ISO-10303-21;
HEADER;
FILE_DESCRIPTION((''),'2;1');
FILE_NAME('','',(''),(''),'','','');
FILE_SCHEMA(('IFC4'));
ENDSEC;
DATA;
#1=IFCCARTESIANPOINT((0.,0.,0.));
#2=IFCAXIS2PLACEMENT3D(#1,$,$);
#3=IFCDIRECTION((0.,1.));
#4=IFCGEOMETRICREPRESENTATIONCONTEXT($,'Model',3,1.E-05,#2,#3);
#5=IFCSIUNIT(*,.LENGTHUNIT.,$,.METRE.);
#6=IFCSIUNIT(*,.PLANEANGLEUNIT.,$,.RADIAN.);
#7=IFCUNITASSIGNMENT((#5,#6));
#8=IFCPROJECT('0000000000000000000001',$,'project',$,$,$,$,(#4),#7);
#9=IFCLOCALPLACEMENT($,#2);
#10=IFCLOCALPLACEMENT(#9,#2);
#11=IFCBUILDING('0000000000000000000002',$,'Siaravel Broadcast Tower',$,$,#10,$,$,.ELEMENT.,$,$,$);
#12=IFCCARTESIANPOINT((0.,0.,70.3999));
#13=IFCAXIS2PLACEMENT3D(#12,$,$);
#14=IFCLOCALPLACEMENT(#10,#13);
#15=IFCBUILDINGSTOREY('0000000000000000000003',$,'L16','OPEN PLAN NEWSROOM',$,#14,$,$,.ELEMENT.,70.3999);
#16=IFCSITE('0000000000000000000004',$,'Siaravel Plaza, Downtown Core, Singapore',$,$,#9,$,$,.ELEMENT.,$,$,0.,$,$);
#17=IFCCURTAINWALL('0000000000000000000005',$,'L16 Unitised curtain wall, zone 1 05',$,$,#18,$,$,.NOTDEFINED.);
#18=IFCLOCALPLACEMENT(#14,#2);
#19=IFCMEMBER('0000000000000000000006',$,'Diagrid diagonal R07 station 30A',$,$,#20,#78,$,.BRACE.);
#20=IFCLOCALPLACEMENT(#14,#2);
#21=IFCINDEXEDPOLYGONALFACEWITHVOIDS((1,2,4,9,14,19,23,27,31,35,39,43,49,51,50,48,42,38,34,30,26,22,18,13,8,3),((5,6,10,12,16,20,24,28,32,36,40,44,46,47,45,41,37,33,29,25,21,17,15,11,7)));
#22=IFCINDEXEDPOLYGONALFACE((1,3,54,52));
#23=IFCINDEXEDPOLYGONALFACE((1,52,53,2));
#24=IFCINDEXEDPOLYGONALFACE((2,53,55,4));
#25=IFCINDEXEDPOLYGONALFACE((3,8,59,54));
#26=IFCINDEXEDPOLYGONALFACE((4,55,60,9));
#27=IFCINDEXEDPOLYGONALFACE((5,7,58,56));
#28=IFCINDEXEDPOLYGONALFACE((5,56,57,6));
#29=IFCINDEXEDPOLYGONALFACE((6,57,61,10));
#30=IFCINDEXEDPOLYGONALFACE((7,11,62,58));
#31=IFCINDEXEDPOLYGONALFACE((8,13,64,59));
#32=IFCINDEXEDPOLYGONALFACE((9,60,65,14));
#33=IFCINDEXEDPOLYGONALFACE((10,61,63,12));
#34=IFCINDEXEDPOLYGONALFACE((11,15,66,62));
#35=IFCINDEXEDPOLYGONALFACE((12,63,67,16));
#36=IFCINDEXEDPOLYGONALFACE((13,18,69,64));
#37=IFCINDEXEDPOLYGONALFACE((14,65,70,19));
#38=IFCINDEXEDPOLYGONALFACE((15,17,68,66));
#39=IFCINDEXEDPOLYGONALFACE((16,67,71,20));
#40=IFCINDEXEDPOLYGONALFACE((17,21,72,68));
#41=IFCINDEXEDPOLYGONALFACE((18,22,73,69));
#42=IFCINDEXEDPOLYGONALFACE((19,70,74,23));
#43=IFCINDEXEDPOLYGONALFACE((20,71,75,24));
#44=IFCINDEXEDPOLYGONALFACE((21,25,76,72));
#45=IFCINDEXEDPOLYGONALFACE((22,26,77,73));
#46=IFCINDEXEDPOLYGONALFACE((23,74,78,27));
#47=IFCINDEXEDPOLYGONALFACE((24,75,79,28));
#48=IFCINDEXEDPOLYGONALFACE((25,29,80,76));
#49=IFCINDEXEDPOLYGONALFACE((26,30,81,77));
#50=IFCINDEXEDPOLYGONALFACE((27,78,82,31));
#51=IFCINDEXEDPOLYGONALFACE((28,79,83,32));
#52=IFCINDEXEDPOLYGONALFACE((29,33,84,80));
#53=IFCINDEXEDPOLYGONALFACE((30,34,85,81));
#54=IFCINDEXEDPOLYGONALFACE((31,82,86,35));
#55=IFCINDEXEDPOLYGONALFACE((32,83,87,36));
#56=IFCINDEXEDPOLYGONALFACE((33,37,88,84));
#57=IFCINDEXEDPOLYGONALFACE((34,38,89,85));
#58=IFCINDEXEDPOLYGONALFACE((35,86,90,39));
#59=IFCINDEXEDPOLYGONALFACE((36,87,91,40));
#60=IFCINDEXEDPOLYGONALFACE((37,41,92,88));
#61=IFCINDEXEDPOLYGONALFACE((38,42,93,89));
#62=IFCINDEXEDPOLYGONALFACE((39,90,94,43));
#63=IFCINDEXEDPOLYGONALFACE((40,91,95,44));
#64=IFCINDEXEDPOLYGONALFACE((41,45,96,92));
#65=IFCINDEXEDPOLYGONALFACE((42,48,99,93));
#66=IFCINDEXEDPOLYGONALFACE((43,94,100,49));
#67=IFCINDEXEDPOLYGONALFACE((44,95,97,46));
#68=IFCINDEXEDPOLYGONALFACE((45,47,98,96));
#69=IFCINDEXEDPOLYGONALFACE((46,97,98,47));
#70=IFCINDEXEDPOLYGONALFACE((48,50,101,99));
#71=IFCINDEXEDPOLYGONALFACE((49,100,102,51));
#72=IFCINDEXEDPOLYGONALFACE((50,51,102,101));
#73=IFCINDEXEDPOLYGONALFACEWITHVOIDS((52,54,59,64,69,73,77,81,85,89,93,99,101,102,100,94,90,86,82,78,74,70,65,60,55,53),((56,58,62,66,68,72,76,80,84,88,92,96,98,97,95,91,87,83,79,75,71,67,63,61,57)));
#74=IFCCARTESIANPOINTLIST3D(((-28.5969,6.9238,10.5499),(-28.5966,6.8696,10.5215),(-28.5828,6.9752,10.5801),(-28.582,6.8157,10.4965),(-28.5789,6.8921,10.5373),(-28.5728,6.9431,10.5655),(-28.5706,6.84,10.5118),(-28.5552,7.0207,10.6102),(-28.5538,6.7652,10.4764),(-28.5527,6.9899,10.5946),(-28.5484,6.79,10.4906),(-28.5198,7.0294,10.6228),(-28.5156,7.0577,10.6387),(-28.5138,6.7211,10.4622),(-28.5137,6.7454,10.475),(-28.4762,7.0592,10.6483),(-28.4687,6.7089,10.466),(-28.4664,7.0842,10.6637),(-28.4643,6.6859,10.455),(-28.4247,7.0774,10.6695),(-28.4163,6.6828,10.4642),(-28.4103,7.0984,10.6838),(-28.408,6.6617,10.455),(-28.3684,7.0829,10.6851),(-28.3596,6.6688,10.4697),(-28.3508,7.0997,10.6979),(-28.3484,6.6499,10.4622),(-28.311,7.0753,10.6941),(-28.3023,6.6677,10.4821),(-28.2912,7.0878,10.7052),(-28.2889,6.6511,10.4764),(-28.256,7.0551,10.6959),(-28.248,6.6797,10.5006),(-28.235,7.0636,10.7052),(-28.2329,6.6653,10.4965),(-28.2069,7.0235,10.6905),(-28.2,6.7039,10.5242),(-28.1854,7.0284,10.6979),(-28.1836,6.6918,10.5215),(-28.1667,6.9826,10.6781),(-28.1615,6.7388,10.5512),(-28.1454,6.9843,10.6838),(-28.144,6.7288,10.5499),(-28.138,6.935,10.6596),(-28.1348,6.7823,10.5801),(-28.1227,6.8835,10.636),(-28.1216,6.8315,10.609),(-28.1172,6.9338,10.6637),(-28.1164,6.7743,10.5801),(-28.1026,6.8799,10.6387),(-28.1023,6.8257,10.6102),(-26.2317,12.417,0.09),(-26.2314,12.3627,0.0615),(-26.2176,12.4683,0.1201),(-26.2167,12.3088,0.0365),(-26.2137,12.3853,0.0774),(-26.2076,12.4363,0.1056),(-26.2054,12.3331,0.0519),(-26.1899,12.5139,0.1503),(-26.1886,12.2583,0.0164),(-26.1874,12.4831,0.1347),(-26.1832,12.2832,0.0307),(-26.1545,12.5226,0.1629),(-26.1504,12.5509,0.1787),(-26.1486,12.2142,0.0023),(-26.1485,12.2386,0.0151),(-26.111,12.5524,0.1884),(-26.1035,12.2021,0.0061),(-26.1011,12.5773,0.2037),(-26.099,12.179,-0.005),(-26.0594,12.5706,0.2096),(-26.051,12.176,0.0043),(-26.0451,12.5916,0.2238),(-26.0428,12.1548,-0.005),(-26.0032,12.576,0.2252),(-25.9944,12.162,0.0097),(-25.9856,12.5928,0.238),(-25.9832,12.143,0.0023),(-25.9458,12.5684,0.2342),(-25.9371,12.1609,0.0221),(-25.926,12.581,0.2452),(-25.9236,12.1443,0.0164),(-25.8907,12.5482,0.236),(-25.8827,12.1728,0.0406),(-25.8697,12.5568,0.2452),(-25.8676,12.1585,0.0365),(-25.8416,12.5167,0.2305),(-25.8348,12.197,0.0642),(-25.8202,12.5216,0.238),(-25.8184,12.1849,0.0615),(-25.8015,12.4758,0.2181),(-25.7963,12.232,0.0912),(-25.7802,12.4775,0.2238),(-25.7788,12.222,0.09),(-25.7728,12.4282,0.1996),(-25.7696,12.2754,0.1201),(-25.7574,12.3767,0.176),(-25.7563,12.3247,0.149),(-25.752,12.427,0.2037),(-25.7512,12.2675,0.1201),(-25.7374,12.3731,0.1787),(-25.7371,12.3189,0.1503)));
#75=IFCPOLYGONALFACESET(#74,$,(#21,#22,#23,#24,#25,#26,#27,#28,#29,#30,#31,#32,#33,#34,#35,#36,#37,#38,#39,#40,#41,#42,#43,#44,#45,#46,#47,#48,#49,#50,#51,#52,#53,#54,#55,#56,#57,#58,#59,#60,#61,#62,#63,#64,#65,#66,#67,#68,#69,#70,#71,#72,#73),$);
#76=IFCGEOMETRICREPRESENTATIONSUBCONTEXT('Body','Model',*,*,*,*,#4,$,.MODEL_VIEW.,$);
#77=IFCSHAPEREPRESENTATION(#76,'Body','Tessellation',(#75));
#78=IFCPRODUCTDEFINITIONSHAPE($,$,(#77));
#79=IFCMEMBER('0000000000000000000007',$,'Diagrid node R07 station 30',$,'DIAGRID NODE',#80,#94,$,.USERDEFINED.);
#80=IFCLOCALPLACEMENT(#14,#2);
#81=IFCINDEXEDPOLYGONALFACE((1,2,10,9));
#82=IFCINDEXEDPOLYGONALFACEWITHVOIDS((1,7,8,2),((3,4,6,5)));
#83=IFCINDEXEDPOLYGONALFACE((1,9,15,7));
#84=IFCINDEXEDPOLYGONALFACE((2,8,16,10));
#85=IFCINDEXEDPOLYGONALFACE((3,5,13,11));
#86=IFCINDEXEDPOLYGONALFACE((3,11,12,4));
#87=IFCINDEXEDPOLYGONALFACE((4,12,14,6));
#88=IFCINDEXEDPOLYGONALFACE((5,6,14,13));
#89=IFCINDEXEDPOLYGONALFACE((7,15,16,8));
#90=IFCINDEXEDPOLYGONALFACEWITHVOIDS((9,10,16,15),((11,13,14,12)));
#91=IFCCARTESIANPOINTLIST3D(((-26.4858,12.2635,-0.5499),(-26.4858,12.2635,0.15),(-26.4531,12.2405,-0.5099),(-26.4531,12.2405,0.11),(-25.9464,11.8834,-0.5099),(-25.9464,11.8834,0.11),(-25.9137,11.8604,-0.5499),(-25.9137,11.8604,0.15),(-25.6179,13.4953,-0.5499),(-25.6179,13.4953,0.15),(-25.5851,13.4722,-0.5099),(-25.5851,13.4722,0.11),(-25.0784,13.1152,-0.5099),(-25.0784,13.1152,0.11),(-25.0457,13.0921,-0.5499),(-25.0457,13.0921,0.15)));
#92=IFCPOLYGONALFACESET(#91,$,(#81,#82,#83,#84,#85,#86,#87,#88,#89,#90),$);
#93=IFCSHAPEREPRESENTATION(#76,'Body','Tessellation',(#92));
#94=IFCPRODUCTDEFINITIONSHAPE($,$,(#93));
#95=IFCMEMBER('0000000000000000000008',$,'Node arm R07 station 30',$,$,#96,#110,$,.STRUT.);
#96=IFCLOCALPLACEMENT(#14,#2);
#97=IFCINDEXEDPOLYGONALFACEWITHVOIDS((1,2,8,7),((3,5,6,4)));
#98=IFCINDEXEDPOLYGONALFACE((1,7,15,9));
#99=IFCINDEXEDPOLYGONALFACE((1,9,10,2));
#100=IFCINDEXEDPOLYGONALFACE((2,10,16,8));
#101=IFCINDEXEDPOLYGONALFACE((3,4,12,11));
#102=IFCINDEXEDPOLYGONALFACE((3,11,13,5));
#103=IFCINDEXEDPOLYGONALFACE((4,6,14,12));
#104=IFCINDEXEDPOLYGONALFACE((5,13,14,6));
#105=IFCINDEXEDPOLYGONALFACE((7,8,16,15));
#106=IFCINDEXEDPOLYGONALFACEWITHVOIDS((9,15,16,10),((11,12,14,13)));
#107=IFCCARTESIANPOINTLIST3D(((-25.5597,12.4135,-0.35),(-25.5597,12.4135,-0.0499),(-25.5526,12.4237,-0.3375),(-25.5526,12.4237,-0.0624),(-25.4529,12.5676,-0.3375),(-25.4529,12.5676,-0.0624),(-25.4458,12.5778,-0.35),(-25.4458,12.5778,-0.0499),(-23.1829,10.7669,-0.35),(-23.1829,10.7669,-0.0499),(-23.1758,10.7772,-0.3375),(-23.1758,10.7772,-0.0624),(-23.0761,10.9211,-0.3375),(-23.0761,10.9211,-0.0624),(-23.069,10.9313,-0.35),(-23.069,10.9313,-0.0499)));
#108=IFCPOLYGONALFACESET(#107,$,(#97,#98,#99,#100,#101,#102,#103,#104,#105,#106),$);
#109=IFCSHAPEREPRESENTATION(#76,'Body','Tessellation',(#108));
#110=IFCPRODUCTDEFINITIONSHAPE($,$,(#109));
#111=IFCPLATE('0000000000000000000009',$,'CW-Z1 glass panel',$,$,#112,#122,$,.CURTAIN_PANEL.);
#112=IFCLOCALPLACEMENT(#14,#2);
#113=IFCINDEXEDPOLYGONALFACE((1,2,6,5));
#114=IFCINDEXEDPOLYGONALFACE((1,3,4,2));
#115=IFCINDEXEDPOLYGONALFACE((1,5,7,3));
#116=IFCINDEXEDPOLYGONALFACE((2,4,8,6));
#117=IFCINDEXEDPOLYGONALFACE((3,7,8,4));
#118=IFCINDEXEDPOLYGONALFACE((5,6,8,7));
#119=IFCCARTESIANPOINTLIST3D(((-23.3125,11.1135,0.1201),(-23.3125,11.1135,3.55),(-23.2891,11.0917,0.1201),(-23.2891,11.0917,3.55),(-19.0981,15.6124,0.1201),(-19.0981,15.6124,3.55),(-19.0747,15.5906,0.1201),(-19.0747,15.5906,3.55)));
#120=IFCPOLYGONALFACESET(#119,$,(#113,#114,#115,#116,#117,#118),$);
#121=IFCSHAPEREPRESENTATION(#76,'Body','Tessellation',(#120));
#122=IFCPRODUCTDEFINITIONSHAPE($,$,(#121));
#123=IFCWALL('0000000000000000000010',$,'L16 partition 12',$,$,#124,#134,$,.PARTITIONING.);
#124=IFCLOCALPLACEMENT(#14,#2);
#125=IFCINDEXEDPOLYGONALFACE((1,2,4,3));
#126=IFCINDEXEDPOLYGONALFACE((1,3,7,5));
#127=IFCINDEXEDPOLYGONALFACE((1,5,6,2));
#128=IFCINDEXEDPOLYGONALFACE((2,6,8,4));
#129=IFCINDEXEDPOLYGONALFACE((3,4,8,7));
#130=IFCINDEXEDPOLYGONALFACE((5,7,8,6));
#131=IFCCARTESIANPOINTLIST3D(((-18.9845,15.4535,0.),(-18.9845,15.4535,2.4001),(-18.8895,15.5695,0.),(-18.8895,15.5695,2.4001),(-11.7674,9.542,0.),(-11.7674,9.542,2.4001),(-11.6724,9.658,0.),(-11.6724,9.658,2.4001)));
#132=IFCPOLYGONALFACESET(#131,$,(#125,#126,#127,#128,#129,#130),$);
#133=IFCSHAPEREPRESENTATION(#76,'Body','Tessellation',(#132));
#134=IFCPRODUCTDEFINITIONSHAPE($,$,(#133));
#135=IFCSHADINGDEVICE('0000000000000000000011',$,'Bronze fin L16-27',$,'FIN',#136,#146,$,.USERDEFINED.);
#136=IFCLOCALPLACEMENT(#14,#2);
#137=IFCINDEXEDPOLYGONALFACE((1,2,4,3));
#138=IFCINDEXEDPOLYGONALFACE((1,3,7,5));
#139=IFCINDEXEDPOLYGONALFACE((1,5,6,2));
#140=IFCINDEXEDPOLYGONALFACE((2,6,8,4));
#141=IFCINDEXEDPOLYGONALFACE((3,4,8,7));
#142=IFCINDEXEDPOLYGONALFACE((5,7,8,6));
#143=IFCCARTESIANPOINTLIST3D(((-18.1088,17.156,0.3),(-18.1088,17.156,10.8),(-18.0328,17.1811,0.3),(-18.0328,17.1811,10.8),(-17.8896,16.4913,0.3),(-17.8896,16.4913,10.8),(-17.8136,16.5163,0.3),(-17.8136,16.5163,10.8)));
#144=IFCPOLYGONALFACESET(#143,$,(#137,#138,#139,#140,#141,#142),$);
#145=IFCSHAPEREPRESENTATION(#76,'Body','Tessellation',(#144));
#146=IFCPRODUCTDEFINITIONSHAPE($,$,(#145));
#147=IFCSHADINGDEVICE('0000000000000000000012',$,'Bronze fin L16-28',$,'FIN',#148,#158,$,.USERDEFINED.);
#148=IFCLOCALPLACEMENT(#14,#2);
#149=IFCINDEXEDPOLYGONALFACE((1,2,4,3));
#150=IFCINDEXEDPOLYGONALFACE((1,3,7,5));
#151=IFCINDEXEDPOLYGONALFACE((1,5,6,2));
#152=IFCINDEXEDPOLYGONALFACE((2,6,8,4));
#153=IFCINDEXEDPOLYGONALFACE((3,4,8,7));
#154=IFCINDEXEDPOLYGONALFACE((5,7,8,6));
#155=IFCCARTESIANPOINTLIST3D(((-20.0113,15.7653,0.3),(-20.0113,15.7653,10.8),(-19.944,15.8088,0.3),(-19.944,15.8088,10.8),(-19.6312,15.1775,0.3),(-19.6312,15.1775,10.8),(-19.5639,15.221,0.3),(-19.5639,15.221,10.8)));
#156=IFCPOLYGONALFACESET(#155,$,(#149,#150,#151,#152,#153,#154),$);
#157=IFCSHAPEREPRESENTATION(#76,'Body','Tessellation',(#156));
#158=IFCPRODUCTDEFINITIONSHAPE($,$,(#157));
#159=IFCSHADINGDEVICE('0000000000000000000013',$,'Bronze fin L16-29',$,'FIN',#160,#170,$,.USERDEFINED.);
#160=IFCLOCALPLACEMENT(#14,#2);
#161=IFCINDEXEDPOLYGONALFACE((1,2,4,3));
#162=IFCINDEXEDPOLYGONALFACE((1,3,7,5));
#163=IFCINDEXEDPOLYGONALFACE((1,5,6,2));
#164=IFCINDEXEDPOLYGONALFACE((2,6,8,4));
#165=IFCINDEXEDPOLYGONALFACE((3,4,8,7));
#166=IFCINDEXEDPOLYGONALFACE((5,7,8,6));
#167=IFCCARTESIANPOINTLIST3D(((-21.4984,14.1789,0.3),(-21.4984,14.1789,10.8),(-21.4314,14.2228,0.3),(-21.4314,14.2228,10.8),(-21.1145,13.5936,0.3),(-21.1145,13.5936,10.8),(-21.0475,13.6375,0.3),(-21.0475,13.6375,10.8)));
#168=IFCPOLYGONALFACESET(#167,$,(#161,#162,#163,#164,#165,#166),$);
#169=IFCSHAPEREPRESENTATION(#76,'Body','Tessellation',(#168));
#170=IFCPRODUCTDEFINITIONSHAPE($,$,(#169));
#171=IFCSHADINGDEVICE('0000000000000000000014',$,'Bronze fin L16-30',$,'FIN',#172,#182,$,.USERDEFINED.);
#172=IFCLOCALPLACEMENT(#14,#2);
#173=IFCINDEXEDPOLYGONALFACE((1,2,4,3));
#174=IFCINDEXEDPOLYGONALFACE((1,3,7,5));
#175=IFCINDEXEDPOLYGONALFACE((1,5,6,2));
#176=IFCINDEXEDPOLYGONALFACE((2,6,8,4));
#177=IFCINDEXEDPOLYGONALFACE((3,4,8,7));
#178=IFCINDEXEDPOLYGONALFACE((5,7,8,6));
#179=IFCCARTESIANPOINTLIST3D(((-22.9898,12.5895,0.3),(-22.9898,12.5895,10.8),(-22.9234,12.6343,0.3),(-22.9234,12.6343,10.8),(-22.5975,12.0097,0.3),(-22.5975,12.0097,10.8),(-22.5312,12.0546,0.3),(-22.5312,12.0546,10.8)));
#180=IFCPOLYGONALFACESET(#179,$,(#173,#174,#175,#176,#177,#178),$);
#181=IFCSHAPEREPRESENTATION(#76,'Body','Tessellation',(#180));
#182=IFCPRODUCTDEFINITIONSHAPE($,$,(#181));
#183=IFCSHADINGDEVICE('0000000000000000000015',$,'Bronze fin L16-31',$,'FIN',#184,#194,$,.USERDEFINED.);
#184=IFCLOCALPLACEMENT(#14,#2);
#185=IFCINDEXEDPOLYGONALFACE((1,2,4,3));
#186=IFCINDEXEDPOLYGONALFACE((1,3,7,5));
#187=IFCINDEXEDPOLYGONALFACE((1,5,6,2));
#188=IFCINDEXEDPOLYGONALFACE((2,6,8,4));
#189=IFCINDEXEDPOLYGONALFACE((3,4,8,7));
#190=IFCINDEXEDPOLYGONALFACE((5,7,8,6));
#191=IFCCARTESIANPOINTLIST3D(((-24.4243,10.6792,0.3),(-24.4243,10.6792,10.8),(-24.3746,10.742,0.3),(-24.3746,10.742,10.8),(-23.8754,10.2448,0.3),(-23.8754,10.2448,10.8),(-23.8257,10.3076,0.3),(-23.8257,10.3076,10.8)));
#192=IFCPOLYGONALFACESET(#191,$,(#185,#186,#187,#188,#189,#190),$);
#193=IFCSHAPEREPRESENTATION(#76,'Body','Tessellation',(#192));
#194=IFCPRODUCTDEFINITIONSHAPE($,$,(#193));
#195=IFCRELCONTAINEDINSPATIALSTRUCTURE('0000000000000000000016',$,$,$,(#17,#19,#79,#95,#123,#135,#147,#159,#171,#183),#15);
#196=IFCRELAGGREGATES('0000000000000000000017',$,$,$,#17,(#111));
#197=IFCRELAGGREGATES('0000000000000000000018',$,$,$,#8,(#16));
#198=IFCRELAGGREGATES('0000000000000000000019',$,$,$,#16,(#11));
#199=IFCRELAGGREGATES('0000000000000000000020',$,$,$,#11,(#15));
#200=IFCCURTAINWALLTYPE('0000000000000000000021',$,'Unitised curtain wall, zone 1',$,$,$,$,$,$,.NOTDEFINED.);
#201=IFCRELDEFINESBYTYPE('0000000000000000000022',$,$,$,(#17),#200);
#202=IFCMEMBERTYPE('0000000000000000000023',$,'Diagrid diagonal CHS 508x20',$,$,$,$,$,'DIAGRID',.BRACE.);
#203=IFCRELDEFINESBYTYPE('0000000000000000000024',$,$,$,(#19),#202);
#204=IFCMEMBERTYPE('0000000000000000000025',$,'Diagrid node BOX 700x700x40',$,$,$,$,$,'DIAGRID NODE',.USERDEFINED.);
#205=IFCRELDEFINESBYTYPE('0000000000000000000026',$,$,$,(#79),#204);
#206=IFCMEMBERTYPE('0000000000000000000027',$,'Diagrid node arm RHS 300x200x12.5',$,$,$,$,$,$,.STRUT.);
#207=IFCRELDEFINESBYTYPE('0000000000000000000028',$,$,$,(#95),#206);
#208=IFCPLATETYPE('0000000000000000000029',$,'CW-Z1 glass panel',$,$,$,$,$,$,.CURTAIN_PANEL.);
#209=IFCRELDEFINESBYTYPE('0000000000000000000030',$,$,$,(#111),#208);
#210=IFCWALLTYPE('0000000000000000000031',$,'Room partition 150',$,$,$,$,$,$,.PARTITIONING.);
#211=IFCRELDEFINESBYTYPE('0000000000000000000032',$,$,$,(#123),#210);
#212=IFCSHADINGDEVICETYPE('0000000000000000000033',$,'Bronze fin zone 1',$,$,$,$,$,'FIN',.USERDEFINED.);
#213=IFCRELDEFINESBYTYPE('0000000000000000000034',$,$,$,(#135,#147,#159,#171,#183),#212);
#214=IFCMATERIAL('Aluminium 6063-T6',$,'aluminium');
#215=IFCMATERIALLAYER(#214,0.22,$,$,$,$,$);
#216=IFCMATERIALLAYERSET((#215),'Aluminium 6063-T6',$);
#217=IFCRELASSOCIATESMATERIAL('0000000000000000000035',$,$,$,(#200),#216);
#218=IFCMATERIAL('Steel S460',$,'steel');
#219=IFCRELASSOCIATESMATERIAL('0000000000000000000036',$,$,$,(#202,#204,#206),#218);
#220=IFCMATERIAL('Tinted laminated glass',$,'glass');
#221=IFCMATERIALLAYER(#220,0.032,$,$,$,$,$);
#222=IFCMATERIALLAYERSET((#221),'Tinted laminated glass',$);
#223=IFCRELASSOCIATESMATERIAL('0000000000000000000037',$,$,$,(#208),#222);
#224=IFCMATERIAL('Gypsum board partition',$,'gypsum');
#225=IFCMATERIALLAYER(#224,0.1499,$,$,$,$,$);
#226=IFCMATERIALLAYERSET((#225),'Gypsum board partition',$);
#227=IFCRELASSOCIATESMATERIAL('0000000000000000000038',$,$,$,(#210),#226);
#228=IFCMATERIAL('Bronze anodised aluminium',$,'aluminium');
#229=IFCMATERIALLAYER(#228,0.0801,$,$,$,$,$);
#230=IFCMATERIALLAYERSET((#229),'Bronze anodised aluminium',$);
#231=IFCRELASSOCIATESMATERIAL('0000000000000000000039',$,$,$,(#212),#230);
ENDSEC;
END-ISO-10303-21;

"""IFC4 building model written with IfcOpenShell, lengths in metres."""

from ifc_helpers import new_model, si_unit, direction, frame, frame_2d, origin, origin_2d, place, context, subcontext, project, spatial, rectangle, hollow_rectangle, hollow_circle, extrude, material, layer, layer_set, material_profile, profile_set, type_object, element, aggregate, save


model = new_model("IFC4")

# Units and contexts
model_context = context("Model", 3, precision=1e-05, world=origin(), true_north=direction((0.0, 1.0)))
body_context = subcontext(model_context, "Body", "Model", "MODEL_VIEW")
ifc_project = project(units=[si_unit("LENGTHUNIT", "METRE"), si_unit("PLANEANGLEUNIT", "RADIAN")], contexts=[model_context])

# Site, building, storey
site_placement = place(None, origin())
site = spatial("IfcSite", under=ifc_project, at=site_placement, Name="Siaravel Plaza, Downtown Core, Singapore", CompositionType="ELEMENT", RefElevation=0.0)
building_placement = place(site_placement, origin())
building = spatial("IfcBuilding", under=site, at=building_placement, Name="Siaravel Broadcast Tower", CompositionType="ELEMENT")
storey_placement = place(building_placement, frame((0.0, 0.0, 70.3999)))
storey = spatial("IfcBuildingStorey", under=building, at=storey_placement, Name="L16", Description="OPEN PLAN NEWSROOM", CompositionType="ELEMENT", Elevation=70.3999)

# Curtain wall
ifc_material_1 = material(Name="Aluminium 6063-T6", Category="aluminium")
ifc_layer_1 = layer(ifc_material_1, 0.22)
ifc_layer_set_1 = layer_set([ifc_layer_1], Name="Aluminium 6063-T6")
curtain_wall_type = type_object("IfcCurtainWallType", Name="Unitised curtain wall, zone 1", PredefinedType="NOTDEFINED", material=ifc_layer_set_1)
curtain_wall_1_placement = place(storey_placement, origin())
curtain_wall_1 = element("IfcCurtainWall", 1, at=curtain_wall_1_placement, inside=storey, type_object=curtain_wall_type, Name="L16 Unitised curtain wall, zone 1 05", PredefinedType="NOTDEFINED")

# Members
ifc_material_2 = material(Name="Steel S460", Category="steel")
ifc_material_profile_1 = material_profile(ifc_material_2, hollow_circle(Radius=0.2539, WallThickness=0.02, at=origin_2d()))
ifc_profile_set_1 = profile_set([ifc_material_profile_1], Name="Steel S460")
member_type_1 = type_object("IfcMemberType", Name="Diagrid diagonal CHS 508x20", ElementType="DIAGRID", PredefinedType="BRACE", material=ifc_profile_set_1)
member_1_placement = place(storey_placement, frame((-25.9844, 12.3679, 0.1201), z_axis=(-0.1963, -0.4559, 0.868114), x_axis=(0.918476, -0.395476, 0.0)))
element("IfcMember", 2, at=member_1_placement, inside=storey, type_object=member_type_1, Name="Diagrid diagonal R07 station 30A", PredefinedType="BRACE", context=body_context, shape_type="SweptSolid", body=[
    extrude(hollow_circle(Radius=0.2539, WallThickness=0.02, at=origin_2d()), origin(), (0.0, 0.0, 1.0), 12.0491),
])
ifc_material_profile_2 = material_profile(ifc_material_2, hollow_rectangle(XDim=0.7, YDim=0.7, WallThickness=0.04, at=origin_2d()))
ifc_profile_set_2 = profile_set([ifc_material_profile_2], Name="Steel S460")
member_type_2 = type_object("IfcMemberType", Name="Diagrid node BOX 700x700x40", ElementType="DIAGRID NODE", PredefinedType="USERDEFINED", material=ifc_profile_set_2)
member_2_placement = place(storey_placement, frame((-25.3318, 13.2937, -0.2), z_axis=(-0.576015, -0.817439, 0.0), x_axis=(0.817439, -0.576015, 0.0)))
element("IfcMember", 3, at=member_2_placement, inside=storey, type_object=member_type_2, Name="Diagrid node R07 station 30", ObjectType="DIAGRID NODE", PredefinedType="USERDEFINED", context=body_context, shape_type="SweptSolid", body=[
    extrude(hollow_rectangle(XDim=0.7, YDim=0.7, WallThickness=0.04, at=origin_2d()), origin(), (0.0, 0.0, 1.0), 1.5068),
])
ifc_material_profile_3 = material_profile(ifc_material_2, hollow_rectangle(XDim=0.2, YDim=0.3, WallThickness=0.0125, at=origin_2d()))
ifc_profile_set_3 = profile_set([ifc_material_profile_3], Name="Steel S460")
member_type_3 = type_object("IfcMemberType", Name="Diagrid node arm RHS 300x200x12.5", PredefinedType="STRUT", material=ifc_profile_set_3)
member_3_placement = place(storey_placement, frame((-23.126, 10.8491, -0.2), z_axis=(-0.822019, 0.56946, 0.0), x_axis=(-0.56946, -0.822019, 0.0)))
element("IfcMember", 4, at=member_3_placement, inside=storey, type_object=member_type_3, Name="Node arm R07 station 30", PredefinedType="STRUT", context=body_context, shape_type="SweptSolid", body=[
    extrude(hollow_rectangle(XDim=0.2, YDim=0.3, WallThickness=0.0125, at=origin_2d()), origin(), (0.0, 0.0, 1.0), 2.8914),
])

# Plate
ifc_material_3 = material(Name="Tinted laminated glass", Category="glass")
ifc_layer_2 = layer(ifc_material_3, 0.032)
ifc_layer_set_2 = layer_set([ifc_layer_2], Name="Tinted laminated glass")
plate_type = type_object("IfcPlateType", Name="CW-Z1 glass panel", PredefinedType="CURTAIN_PANEL", material=ifc_layer_set_2)
plate_placement = place(storey_placement, frame((-21.1936, 13.3521, 0.1201), z_axis=(0.0, 0.0, 1.0), x_axis=(-0.683655, -0.729806, 0.0)))
plate = element("IfcPlate", 5, at=plate_placement, type_object=plate_type, Name="CW-Z1 glass panel", PredefinedType="CURTAIN_PANEL", context=body_context, shape_type="SweptSolid", body=[
    extrude(rectangle(XDim=6.1646, YDim=0.032, at=origin_2d()), origin(), (0.0, 0.0, 1.0), 3.4299),
])
aggregate(curtain_wall_1, [plate])

# Wall
ifc_material_4 = material(Name="Gypsum board partition", Category="gypsum")
ifc_layer_3 = layer(ifc_material_4, 0.1499)
ifc_layer_set_3 = layer_set([ifc_layer_3], Name="Gypsum board partition")
wall_type = type_object("IfcWallType", Name="Room partition 150", PredefinedType="PARTITIONING", material=ifc_layer_set_3)
wall_placement = place(storey_placement, frame((-18.937, 15.5115, 0.0), z_axis=(0.0, 0.0, 1.0), x_axis=(0.773614, -0.633657, 0.0)))
element("IfcWall", 6, at=wall_placement, inside=storey, type_object=wall_type, Name="L16 partition 12", PredefinedType="PARTITIONING", context=body_context, shape_type="SweptSolid", body=[
    extrude(rectangle(XDim=9.3291, YDim=0.1499, at=frame_2d((4.6646, 0.0))), origin(), (0.0, 0.0, 1.0), 2.4001),
])

# Shading devices
ifc_material_5 = material(Name="Bronze anodised aluminium", Category="aluminium")
ifc_layer_4 = layer(ifc_material_5, 0.0801)
ifc_layer_set_4 = layer_set([ifc_layer_4], Name="Bronze anodised aluminium")
shading_device_type = type_object("IfcShadingDeviceType", Name="Bronze fin zone 1", ElementType="FIN", PredefinedType="USERDEFINED", material=ifc_layer_set_4)
for number, where, z_axis, x_axis, name in (
    (7, (-17.9612, 16.8362, 0.3), (0.0, 0.0, 1.0), (-0.313151, 0.949703, 0.0), "Bronze fin L16-27"),
    (8, (-19.7876, 15.4932, 0.3), (0.0, 0.0, 1.0), (-0.54305, 0.8397, 0.0), "Bronze fin L16-28"),
    (9, (-21.2729, 13.9082, 0.3), (0.0, 0.0, 1.0), (-0.548457, 0.836179, 0.0), "Bronze fin L16-29"),
    (10, (-22.7605, 12.322, 0.3), (0.0, 0.0, 1.0), (-0.560356, 0.828252, 0.0), "Bronze fin L16-30"),
    (11, (-24.125, 10.4934, 0.3), (0.0, 0.0, 1.0), (-0.784162, 0.620557, 0.0), "Bronze fin L16-31"),
):
    element("IfcShadingDevice", number, at=place(storey_placement, frame(where, z_axis=z_axis, x_axis=x_axis)), inside=storey, type_object=shading_device_type, Name=name, ObjectType="FIN", PredefinedType="USERDEFINED", context=body_context, shape_type="SweptSolid", body=[
        extrude(rectangle(XDim=0.7, YDim=0.0801, at=origin_2d()), origin(), (0.0, 0.0, 1.0), 10.5),
    ])

save(model, "model.ifc")
